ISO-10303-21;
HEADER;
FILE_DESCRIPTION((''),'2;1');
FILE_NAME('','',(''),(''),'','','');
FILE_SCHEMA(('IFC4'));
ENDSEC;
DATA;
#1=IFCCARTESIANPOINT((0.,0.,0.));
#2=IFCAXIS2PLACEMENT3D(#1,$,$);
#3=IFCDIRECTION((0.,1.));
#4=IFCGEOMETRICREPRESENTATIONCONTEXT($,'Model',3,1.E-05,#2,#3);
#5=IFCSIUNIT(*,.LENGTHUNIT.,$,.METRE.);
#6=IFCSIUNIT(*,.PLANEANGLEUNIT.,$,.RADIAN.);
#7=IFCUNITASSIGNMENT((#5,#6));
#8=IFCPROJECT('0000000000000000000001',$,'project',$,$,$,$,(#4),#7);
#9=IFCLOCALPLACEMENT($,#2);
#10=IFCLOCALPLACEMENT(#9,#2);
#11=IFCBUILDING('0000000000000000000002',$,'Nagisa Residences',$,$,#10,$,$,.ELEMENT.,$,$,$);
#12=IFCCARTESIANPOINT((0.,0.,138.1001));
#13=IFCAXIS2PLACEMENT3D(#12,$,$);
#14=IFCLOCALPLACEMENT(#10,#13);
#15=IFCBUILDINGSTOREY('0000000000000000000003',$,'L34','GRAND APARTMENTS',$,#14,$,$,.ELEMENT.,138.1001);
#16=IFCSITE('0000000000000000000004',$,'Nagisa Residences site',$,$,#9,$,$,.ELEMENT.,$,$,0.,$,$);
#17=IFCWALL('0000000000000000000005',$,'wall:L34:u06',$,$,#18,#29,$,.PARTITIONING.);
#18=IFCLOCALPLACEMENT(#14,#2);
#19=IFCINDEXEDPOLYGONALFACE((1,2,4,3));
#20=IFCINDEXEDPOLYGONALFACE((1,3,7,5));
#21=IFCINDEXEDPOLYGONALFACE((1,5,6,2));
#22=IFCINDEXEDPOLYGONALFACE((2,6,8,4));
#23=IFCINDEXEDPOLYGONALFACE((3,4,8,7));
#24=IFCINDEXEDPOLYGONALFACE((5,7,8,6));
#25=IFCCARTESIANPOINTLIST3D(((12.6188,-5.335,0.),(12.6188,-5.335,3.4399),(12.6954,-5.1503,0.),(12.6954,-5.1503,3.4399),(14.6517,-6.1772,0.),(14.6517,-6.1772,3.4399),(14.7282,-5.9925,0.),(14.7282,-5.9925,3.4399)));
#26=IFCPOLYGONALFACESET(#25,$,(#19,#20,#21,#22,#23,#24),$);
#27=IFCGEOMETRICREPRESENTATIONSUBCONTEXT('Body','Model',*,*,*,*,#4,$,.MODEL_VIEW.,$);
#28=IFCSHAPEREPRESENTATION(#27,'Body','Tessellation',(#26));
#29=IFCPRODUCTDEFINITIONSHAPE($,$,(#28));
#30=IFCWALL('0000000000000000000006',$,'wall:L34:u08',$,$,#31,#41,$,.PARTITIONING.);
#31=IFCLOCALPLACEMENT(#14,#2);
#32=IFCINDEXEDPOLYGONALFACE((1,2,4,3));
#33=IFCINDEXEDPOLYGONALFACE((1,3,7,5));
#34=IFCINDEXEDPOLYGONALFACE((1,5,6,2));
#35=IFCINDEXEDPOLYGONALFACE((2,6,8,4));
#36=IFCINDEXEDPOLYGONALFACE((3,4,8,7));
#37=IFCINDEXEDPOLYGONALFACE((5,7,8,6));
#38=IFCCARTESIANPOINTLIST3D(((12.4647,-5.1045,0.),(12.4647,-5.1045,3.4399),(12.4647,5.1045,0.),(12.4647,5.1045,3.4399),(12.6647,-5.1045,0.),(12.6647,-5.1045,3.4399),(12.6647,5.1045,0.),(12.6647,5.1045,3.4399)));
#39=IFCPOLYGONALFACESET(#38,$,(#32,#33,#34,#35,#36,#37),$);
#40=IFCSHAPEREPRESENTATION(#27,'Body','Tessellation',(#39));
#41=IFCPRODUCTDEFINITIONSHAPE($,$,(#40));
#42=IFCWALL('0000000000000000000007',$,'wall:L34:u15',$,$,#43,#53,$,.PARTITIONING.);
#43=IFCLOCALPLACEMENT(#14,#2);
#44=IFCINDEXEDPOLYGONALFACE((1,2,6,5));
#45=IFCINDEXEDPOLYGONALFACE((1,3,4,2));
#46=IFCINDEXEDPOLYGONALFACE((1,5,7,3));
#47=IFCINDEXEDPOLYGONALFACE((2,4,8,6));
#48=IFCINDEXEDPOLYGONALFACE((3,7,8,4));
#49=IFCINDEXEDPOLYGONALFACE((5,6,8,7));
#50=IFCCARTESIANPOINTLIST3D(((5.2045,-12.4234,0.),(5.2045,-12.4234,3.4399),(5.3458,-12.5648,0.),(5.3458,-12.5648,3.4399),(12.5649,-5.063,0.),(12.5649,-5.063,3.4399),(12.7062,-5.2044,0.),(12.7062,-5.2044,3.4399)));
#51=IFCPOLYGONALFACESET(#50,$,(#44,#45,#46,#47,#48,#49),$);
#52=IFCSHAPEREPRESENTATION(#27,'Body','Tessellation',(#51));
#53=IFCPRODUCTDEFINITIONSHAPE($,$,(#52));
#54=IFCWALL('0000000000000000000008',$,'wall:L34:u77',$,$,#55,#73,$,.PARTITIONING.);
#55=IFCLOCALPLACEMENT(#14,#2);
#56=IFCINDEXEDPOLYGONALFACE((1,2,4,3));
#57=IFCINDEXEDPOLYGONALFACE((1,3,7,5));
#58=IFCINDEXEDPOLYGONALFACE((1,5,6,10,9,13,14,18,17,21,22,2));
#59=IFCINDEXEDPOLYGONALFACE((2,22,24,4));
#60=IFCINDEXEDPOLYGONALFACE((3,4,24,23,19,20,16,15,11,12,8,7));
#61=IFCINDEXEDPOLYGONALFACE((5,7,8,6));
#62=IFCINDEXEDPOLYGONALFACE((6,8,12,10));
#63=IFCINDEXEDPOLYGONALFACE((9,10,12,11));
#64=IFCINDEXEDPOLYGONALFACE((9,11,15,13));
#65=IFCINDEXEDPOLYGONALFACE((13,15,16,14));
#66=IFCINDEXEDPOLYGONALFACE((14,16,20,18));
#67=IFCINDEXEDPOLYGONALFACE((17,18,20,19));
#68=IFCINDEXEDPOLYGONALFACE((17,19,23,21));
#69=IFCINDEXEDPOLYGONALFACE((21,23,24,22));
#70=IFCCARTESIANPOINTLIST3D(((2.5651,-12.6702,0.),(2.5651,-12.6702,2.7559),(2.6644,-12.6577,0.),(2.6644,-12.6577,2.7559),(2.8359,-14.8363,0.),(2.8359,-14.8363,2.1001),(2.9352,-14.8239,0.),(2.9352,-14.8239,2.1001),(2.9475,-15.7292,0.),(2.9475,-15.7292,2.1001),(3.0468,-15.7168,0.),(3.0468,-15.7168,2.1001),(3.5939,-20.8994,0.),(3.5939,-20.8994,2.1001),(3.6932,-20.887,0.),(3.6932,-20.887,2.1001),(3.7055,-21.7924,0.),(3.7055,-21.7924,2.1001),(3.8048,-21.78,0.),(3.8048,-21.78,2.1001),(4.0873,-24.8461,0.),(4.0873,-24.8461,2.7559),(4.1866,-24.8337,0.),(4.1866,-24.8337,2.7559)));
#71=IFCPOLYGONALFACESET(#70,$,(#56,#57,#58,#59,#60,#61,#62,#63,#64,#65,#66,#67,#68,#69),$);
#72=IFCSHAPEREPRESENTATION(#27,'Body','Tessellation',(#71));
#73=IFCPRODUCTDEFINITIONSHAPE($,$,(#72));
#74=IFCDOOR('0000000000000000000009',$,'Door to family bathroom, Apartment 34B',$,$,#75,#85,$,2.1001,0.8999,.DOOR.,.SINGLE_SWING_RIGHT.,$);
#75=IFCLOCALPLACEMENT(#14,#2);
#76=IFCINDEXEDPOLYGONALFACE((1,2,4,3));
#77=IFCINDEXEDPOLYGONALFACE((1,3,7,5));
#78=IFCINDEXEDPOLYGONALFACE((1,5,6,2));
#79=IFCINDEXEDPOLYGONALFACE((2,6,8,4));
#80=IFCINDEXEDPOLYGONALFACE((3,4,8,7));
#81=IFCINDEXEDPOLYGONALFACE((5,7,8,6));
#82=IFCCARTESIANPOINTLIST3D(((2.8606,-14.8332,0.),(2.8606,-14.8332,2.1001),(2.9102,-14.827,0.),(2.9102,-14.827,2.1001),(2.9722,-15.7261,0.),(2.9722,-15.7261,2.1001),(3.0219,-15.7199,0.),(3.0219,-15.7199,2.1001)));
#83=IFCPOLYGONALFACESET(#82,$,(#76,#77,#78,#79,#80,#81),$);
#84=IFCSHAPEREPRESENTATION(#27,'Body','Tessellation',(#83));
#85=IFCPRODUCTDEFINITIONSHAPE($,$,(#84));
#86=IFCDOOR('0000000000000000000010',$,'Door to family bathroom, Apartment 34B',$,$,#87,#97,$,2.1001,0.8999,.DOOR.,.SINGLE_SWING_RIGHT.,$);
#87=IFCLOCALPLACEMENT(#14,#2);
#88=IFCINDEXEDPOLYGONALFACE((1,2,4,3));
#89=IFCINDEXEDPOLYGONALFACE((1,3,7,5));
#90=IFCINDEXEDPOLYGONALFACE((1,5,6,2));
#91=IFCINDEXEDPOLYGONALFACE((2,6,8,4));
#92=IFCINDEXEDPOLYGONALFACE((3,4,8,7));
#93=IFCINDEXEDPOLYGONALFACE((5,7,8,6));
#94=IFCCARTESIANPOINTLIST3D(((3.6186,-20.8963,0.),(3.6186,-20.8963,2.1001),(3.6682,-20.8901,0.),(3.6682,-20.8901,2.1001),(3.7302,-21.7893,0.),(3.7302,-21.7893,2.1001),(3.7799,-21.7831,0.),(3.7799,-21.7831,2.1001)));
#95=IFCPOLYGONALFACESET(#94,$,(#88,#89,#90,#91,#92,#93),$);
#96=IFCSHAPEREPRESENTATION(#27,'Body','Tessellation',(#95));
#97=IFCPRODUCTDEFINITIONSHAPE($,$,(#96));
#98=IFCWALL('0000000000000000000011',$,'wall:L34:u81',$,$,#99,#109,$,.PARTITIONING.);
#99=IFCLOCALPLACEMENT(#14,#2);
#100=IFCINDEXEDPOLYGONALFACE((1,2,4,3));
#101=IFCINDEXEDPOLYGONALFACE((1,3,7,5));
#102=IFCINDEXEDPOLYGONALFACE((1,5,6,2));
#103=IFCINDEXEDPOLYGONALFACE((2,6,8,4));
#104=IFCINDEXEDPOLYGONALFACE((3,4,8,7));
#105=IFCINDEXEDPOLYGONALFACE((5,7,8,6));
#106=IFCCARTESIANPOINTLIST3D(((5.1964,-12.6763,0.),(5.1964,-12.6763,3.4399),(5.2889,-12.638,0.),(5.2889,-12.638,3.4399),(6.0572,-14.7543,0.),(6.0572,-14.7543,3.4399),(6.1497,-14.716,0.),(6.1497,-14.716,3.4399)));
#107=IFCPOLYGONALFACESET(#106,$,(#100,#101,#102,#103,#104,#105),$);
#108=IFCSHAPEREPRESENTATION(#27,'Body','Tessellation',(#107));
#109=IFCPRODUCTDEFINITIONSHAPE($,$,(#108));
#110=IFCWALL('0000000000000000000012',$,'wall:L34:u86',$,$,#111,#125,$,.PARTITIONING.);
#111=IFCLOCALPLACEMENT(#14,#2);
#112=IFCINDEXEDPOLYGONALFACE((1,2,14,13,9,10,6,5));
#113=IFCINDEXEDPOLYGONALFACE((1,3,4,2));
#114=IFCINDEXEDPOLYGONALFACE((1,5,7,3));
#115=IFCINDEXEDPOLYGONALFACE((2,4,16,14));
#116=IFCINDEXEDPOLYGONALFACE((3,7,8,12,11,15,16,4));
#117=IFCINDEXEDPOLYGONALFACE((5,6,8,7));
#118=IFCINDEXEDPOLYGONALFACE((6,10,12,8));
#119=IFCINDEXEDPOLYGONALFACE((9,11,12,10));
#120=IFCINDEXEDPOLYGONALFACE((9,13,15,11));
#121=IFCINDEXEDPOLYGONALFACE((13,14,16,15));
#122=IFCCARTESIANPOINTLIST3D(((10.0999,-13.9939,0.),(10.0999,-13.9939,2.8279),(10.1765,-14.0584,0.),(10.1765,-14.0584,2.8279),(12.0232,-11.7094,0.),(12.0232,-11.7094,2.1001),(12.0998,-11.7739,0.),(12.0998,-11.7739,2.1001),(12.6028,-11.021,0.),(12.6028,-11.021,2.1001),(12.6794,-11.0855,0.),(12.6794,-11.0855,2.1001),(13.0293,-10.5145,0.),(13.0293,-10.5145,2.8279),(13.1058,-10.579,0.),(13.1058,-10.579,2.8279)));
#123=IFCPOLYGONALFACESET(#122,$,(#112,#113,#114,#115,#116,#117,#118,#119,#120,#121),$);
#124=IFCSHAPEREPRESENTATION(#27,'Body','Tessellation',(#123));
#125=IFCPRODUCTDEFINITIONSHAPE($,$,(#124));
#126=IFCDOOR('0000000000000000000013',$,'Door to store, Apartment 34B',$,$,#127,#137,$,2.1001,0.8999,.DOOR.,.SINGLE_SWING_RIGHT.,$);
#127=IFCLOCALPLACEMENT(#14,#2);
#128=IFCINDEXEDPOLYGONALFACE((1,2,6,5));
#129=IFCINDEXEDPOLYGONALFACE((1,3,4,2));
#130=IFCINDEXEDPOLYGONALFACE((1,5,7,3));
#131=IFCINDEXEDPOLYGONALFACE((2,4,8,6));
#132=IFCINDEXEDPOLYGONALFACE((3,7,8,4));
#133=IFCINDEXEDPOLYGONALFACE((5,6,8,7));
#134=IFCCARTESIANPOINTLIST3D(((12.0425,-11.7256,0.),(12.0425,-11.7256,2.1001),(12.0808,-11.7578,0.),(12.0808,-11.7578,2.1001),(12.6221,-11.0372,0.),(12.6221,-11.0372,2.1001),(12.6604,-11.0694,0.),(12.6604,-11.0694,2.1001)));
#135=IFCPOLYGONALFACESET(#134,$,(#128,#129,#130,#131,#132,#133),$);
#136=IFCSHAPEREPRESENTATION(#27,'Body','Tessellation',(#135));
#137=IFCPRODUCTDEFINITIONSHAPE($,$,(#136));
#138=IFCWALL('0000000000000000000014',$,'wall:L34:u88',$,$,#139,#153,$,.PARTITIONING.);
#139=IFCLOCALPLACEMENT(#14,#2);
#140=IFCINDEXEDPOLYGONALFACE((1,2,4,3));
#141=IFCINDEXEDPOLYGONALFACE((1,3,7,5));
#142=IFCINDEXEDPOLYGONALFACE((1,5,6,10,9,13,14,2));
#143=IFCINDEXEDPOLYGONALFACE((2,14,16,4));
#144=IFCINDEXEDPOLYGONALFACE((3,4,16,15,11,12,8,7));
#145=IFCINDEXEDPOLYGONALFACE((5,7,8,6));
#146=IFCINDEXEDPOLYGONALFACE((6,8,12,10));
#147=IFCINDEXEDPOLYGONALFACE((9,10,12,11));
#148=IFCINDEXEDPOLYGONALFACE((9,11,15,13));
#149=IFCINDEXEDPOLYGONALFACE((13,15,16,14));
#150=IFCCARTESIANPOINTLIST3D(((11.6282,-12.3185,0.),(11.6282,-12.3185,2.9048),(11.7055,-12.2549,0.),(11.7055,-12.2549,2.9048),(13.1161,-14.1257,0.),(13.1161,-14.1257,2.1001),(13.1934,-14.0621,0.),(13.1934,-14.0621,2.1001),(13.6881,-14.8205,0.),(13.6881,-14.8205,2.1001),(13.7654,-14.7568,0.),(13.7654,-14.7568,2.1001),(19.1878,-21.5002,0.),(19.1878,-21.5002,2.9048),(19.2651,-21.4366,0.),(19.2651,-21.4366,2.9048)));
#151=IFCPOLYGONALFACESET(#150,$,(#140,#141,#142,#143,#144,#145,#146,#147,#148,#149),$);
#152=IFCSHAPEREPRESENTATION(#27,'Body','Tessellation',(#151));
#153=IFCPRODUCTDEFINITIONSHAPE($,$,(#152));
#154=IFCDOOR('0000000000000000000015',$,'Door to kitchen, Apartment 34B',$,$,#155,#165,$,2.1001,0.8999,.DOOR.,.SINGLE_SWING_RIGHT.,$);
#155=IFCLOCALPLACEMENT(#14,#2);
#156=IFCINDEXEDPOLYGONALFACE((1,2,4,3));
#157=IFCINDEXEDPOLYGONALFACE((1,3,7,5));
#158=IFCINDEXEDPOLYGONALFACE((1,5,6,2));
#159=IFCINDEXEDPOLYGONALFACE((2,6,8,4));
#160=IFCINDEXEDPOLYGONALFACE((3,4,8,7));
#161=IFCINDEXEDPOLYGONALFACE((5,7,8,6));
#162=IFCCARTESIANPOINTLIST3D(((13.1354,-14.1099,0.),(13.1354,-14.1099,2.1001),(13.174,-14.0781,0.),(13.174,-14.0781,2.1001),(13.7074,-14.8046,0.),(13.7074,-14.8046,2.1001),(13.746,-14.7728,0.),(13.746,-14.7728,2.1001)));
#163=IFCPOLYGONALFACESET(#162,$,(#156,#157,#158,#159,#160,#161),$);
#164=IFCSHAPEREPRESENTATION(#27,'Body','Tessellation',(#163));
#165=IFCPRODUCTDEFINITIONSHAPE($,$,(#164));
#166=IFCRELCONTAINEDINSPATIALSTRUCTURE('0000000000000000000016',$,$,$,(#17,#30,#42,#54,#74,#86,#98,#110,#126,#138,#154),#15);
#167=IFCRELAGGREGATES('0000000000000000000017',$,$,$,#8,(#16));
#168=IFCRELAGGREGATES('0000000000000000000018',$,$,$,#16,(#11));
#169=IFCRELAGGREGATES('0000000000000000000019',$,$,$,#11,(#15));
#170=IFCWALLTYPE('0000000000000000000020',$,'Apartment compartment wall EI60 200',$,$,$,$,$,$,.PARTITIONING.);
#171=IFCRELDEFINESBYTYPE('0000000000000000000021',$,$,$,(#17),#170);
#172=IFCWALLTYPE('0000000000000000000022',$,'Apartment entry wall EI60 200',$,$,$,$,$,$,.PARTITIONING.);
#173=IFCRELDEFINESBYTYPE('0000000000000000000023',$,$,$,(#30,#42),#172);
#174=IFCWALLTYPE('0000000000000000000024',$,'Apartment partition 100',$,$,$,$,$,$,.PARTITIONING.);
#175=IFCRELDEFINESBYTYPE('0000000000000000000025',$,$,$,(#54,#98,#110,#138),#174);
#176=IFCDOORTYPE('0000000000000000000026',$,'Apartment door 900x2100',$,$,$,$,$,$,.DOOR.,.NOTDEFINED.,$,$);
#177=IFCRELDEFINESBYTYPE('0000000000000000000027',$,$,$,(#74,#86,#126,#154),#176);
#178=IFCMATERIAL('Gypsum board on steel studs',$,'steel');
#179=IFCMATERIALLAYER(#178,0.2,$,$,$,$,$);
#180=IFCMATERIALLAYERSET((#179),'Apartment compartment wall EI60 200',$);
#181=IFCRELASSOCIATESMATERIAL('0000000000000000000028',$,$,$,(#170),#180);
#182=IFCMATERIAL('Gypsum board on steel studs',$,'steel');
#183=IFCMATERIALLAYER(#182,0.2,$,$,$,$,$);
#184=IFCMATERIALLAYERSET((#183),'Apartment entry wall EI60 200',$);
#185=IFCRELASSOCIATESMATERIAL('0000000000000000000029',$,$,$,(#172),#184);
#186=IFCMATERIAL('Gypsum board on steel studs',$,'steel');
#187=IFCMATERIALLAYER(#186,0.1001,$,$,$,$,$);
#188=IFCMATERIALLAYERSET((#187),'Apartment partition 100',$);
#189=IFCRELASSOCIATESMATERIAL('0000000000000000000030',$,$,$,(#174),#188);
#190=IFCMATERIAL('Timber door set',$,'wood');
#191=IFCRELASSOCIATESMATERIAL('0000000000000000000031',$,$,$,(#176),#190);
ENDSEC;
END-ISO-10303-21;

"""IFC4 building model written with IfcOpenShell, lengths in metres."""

from ifc_helpers import new_model, si_unit, direction, frame, frame_2d, origin, place, context, subcontext, project, spatial, rectangle, extrude, material, layer, layer_set, type_object, element, fill, save


model = new_model("IFC4")

# Units and contexts
model_context = context("Model", 3, precision=1e-05, world=origin(), true_north=direction((0.0, 1.0)))
body_context = subcontext(model_context, "Body", "Model", "MODEL_VIEW")
ifc_project = project(units=[si_unit("LENGTHUNIT", "METRE"), si_unit("PLANEANGLEUNIT", "RADIAN")], contexts=[model_context])

# Site, building, storey
site_placement = place(None, origin())
site = spatial("IfcSite", under=ifc_project, at=site_placement, Name="Nagisa Residences site", CompositionType="ELEMENT", RefElevation=0.0)
building_placement = place(site_placement, origin())
building = spatial("IfcBuilding", under=site, at=building_placement, Name="Nagisa Residences", CompositionType="ELEMENT")
storey_placement = place(building_placement, frame((0.0, 0.0, 138.1001)))
storey = spatial("IfcBuildingStorey", under=building, at=storey_placement, Name="L34", Description="GRAND APARTMENTS", CompositionType="ELEMENT", Elevation=138.1001)

# Walls
ifc_material_1 = material(Name="Gypsum board on steel studs", Category="steel")
ifc_layer_1 = layer(ifc_material_1, 0.2)
ifc_layer_set_1 = layer_set([ifc_layer_1], Name="Apartment compartment wall EI60 200")
wall_type_1 = type_object("IfcWallType", Name="Apartment compartment wall EI60 200", PredefinedType="PARTITIONING", material=ifc_layer_set_1)
wall_1_placement = place(storey_placement, frame((12.6572, -5.2427, 0.0), z_axis=(0.0, 0.0, 1.0), x_axis=(0.923846, -0.382763, 0.0)))
element("IfcWall", 1, at=wall_1_placement, inside=storey, type_object=wall_type_1, Name="wall:L34:u06", PredefinedType="PARTITIONING", context=body_context, shape_type="SweptSolid", body=[
    extrude(rectangle(XDim=2.2004, YDim=0.2, at=frame_2d((1.1001, 0.0))), origin(), (0.0, 0.0, 1.0), 3.4399),
])
ifc_material_2 = material(Name="Gypsum board on steel studs", Category="steel")
ifc_layer_2 = layer(ifc_material_2, 0.2)
ifc_layer_set_2 = layer_set([ifc_layer_2], Name="Apartment entry wall EI60 200")
wall_type_2 = type_object("IfcWallType", Name="Apartment entry wall EI60 200", PredefinedType="PARTITIONING", material=ifc_layer_set_2)
wall_2_placement = place(storey_placement, frame((12.5647, -5.1045, 0.0), z_axis=(0.0, 0.0, 1.0), x_axis=(0.0, 1.0, 0.0)))
element("IfcWall", 2, at=wall_2_placement, inside=storey, type_object=wall_type_2, Name="wall:L34:u08", PredefinedType="PARTITIONING", context=body_context, shape_type="SweptSolid", body=[
    extrude(rectangle(XDim=10.209, YDim=0.2, at=frame_2d((5.1045, 0.0))), origin(), (0.0, 0.0, 1.0), 3.4399),
])
wall_3_placement = place(storey_placement, frame((5.2751, -12.4941, 0.0), z_axis=(0.0, 0.0, 1.0), x_axis=(0.707107, 0.707107, 0.0)))
element("IfcWall", 3, at=wall_3_placement, inside=storey, type_object=wall_type_2, Name="wall:L34:u15", PredefinedType="PARTITIONING", context=body_context, shape_type="SweptSolid", body=[
    extrude(rectangle(XDim=10.4092, YDim=0.2, at=frame_2d((5.2046, 0.0))), origin(), (0.0, 0.0, 1.0), 3.4399),
])

# Wall, openings, doors
ifc_material_3 = material(Name="Gypsum board on steel studs", Category="steel")
ifc_layer_3 = layer(ifc_material_3, 0.1001)
ifc_layer_set_3 = layer_set([ifc_layer_3], Name="Apartment partition 100")
wall_type_3 = type_object("IfcWallType", Name="Apartment partition 100", PredefinedType="PARTITIONING", material=ifc_layer_set_3)
wall_4_placement = place(storey_placement, frame((2.6147, -12.6641, 0.0), z_axis=(0.0, 0.0, 1.0), x_axis=(0.124052, -0.992276, 0.0)))
wall_4 = element("IfcWall", 4, at=wall_4_placement, inside=storey, type_object=wall_type_3, Name="wall:L34:u77", PredefinedType="PARTITIONING", context=body_context, shape_type="SweptSolid", body=[
    extrude(rectangle(XDim=12.2708, YDim=0.1001, at=frame_2d((6.1353, 0.0))), origin(), (0.0, 0.0, 1.0), 2.7559),
])
opening_1_placement = place(wall_4_placement, frame((2.1829, 0.0, 0.0)))
opening_1 = element("IfcOpeningElement", 5, at=opening_1_placement, cuts=wall_4, PredefinedType="OPENING", context=body_context, shape_type="SweptSolid", body=[
    extrude(rectangle(XDim=0.8999, YDim=2.1001, at=frame_2d((0.45, 1.05))), frame((0.0, 0.0601, 0.0), z_axis=(0.0, -1.0, 0.0), x_axis=(1.0, 0.0, 0.0)), (0.0, 0.0, 1.0), 0.1201),
])
opening_2_placement = place(wall_4_placement, frame((8.2932, 0.0, 0.0)))
opening_2 = element("IfcOpeningElement", 6, at=opening_2_placement, cuts=wall_4, PredefinedType="OPENING", context=body_context, shape_type="SweptSolid", body=[
    extrude(rectangle(XDim=0.8999, YDim=2.1001, at=frame_2d((0.45, 1.05))), frame((0.0, 0.0601, 0.0), z_axis=(0.0, -1.0, 0.0), x_axis=(1.0, 0.0, 0.0)), (0.0, 0.0, 1.0), 0.1201),
])
ifc_material_4 = material(Name="Timber door set", Category="wood")
door_type_1 = type_object("IfcDoorType", Name="Apartment door 900x2100", OperationType="NOTDEFINED", PredefinedType="DOOR", material=ifc_material_4)
door_1_placement = place(opening_1_placement, origin())
door_1 = element("IfcDoor", 7, at=door_1_placement, inside=storey, type_object=door_type_1, Name="Door to family bathroom, Apartment 34B", OperationType="SINGLE_SWING_RIGHT", OverallHeight=2.1001, OverallWidth=0.8999, PredefinedType="DOOR", context=body_context, shape_type="SweptSolid", body=[
    extrude(rectangle(XDim=0.8999, YDim=2.1001, at=frame_2d((0.45, 1.05))), frame((0.0, 0.0249, 0.0), z_axis=(0.0, -1.0, 0.0), x_axis=(1.0, 0.0, 0.0)), (0.0, 0.0, 1.0), 0.05),
])
fill(opening_1, door_1)
door_2_placement = place(opening_2_placement, origin())
door_2 = element("IfcDoor", 8, at=door_2_placement, inside=storey, type_object=door_type_1, Name="Door to family bathroom, Apartment 34B", OperationType="SINGLE_SWING_RIGHT", OverallHeight=2.1001, OverallWidth=0.8999, PredefinedType="DOOR", context=body_context, shape_type="SweptSolid", body=[
    extrude(rectangle(XDim=0.8999, YDim=2.1001, at=frame_2d((0.45, 1.05))), frame((0.0, 0.0249, 0.0), z_axis=(0.0, -1.0, 0.0), x_axis=(1.0, 0.0, 0.0)), (0.0, 0.0, 1.0), 0.05),
])
fill(opening_2, door_2)

# Wall
wall_5_placement = place(storey_placement, frame((5.2427, -12.6572, 0.0), z_axis=(0.0, 0.0, 1.0), x_axis=(0.382703, -0.923871, 0.0)))
element("IfcWall", 9, at=wall_5_placement, inside=storey, type_object=wall_type_3, Name="wall:L34:u81", PredefinedType="PARTITIONING", context=body_context, shape_type="SweptSolid", body=[
    extrude(rectangle(XDim=2.2493, YDim=0.1001, at=frame_2d((1.1245, 0.0))), origin(), (0.0, 0.0, 1.0), 3.4399),
])

# Walls, openings, doors
wall_6_placement = place(storey_placement, frame((10.1382, -14.0261, 0.0), z_axis=(0.0, 0.0, 1.0), x_axis=(0.644051, 0.764982, 0.0)))
wall_6 = element("IfcWall", 10, at=wall_6_placement, inside=storey, type_object=wall_type_3, Name="wall:L34:u86", PredefinedType="PARTITIONING", context=body_context, shape_type="SweptSolid", body=[
    extrude(rectangle(XDim=4.5483, YDim=0.1001, at=frame_2d((2.2742, 0.0))), origin(), (0.0, 0.0, 1.0), 2.8279),
])
opening_3_placement = place(wall_6_placement, frame((2.9863, 0.0, 0.0)))
opening_3 = element("IfcOpeningElement", 11, at=opening_3_placement, cuts=wall_6, PredefinedType="OPENING", context=body_context, shape_type="SweptSolid", body=[
    extrude(rectangle(XDim=0.8999, YDim=2.1001, at=frame_2d((0.45, 1.05))), frame((0.0, 0.0601, 0.0), z_axis=(0.0, -1.0, 0.0), x_axis=(1.0, 0.0, 0.0)), (0.0, 0.0, 1.0), 0.1201),
])
door_3_placement = place(opening_3_placement, origin())
door_3 = element("IfcDoor", 12, at=door_3_placement, inside=storey, type_object=door_type_1, Name="Door to store, Apartment 34B", OperationType="SINGLE_SWING_RIGHT", OverallHeight=2.1001, OverallWidth=0.8999, PredefinedType="DOOR", context=body_context, shape_type="SweptSolid", body=[
    extrude(rectangle(XDim=0.8999, YDim=2.1001, at=frame_2d((0.45, 1.05))), frame((0.0, 0.0249, 0.0), z_axis=(0.0, -1.0, 0.0), x_axis=(1.0, 0.0, 0.0)), (0.0, 0.0, 1.0), 0.05),
])
fill(opening_3, door_3)
wall_7_placement = place(storey_placement, frame((11.6667, -12.2866, 0.0), z_axis=(0.0, 0.0, 1.0), x_axis=(0.635618, -0.772004, 0.0)))
wall_7 = element("IfcWall", 13, at=wall_7_placement, inside=storey, type_object=wall_type_3, Name="wall:L34:u88", PredefinedType="PARTITIONING", context=body_context, shape_type="SweptSolid", body=[
    extrude(rectangle(XDim=11.8933, YDim=0.1001, at=frame_2d((5.9468, 0.0))), origin(), (0.0, 0.0, 1.0), 2.9048),
])
opening_4_placement = place(wall_7_placement, frame((2.3411, 0.0, 0.0)))
opening_4 = element("IfcOpeningElement", 14, at=opening_4_placement, cuts=wall_7, PredefinedType="OPENING", context=body_context, shape_type="SweptSolid", body=[
    extrude(rectangle(XDim=0.8999, YDim=2.1001, at=frame_2d((0.45, 1.05))), frame((0.0, 0.0601, 0.0), z_axis=(0.0, -1.0, 0.0), x_axis=(1.0, 0.0, 0.0)), (0.0, 0.0, 1.0), 0.1201),
])
door_4_placement = place(opening_4_placement, origin())
door_4 = element("IfcDoor", 15, at=door_4_placement, inside=storey, type_object=door_type_1, Name="Door to kitchen, Apartment 34B", OperationType="SINGLE_SWING_RIGHT", OverallHeight=2.1001, OverallWidth=0.8999, PredefinedType="DOOR", context=body_context, shape_type="SweptSolid", body=[
    extrude(rectangle(XDim=0.8999, YDim=2.1001, at=frame_2d((0.45, 1.05))), frame((0.0, 0.0249, 0.0), z_axis=(0.0, -1.0, 0.0), x_axis=(1.0, 0.0, 0.0)), (0.0, 0.0, 1.0), 0.05),
])
fill(opening_4, door_4)

save(model, "model.ifc")
